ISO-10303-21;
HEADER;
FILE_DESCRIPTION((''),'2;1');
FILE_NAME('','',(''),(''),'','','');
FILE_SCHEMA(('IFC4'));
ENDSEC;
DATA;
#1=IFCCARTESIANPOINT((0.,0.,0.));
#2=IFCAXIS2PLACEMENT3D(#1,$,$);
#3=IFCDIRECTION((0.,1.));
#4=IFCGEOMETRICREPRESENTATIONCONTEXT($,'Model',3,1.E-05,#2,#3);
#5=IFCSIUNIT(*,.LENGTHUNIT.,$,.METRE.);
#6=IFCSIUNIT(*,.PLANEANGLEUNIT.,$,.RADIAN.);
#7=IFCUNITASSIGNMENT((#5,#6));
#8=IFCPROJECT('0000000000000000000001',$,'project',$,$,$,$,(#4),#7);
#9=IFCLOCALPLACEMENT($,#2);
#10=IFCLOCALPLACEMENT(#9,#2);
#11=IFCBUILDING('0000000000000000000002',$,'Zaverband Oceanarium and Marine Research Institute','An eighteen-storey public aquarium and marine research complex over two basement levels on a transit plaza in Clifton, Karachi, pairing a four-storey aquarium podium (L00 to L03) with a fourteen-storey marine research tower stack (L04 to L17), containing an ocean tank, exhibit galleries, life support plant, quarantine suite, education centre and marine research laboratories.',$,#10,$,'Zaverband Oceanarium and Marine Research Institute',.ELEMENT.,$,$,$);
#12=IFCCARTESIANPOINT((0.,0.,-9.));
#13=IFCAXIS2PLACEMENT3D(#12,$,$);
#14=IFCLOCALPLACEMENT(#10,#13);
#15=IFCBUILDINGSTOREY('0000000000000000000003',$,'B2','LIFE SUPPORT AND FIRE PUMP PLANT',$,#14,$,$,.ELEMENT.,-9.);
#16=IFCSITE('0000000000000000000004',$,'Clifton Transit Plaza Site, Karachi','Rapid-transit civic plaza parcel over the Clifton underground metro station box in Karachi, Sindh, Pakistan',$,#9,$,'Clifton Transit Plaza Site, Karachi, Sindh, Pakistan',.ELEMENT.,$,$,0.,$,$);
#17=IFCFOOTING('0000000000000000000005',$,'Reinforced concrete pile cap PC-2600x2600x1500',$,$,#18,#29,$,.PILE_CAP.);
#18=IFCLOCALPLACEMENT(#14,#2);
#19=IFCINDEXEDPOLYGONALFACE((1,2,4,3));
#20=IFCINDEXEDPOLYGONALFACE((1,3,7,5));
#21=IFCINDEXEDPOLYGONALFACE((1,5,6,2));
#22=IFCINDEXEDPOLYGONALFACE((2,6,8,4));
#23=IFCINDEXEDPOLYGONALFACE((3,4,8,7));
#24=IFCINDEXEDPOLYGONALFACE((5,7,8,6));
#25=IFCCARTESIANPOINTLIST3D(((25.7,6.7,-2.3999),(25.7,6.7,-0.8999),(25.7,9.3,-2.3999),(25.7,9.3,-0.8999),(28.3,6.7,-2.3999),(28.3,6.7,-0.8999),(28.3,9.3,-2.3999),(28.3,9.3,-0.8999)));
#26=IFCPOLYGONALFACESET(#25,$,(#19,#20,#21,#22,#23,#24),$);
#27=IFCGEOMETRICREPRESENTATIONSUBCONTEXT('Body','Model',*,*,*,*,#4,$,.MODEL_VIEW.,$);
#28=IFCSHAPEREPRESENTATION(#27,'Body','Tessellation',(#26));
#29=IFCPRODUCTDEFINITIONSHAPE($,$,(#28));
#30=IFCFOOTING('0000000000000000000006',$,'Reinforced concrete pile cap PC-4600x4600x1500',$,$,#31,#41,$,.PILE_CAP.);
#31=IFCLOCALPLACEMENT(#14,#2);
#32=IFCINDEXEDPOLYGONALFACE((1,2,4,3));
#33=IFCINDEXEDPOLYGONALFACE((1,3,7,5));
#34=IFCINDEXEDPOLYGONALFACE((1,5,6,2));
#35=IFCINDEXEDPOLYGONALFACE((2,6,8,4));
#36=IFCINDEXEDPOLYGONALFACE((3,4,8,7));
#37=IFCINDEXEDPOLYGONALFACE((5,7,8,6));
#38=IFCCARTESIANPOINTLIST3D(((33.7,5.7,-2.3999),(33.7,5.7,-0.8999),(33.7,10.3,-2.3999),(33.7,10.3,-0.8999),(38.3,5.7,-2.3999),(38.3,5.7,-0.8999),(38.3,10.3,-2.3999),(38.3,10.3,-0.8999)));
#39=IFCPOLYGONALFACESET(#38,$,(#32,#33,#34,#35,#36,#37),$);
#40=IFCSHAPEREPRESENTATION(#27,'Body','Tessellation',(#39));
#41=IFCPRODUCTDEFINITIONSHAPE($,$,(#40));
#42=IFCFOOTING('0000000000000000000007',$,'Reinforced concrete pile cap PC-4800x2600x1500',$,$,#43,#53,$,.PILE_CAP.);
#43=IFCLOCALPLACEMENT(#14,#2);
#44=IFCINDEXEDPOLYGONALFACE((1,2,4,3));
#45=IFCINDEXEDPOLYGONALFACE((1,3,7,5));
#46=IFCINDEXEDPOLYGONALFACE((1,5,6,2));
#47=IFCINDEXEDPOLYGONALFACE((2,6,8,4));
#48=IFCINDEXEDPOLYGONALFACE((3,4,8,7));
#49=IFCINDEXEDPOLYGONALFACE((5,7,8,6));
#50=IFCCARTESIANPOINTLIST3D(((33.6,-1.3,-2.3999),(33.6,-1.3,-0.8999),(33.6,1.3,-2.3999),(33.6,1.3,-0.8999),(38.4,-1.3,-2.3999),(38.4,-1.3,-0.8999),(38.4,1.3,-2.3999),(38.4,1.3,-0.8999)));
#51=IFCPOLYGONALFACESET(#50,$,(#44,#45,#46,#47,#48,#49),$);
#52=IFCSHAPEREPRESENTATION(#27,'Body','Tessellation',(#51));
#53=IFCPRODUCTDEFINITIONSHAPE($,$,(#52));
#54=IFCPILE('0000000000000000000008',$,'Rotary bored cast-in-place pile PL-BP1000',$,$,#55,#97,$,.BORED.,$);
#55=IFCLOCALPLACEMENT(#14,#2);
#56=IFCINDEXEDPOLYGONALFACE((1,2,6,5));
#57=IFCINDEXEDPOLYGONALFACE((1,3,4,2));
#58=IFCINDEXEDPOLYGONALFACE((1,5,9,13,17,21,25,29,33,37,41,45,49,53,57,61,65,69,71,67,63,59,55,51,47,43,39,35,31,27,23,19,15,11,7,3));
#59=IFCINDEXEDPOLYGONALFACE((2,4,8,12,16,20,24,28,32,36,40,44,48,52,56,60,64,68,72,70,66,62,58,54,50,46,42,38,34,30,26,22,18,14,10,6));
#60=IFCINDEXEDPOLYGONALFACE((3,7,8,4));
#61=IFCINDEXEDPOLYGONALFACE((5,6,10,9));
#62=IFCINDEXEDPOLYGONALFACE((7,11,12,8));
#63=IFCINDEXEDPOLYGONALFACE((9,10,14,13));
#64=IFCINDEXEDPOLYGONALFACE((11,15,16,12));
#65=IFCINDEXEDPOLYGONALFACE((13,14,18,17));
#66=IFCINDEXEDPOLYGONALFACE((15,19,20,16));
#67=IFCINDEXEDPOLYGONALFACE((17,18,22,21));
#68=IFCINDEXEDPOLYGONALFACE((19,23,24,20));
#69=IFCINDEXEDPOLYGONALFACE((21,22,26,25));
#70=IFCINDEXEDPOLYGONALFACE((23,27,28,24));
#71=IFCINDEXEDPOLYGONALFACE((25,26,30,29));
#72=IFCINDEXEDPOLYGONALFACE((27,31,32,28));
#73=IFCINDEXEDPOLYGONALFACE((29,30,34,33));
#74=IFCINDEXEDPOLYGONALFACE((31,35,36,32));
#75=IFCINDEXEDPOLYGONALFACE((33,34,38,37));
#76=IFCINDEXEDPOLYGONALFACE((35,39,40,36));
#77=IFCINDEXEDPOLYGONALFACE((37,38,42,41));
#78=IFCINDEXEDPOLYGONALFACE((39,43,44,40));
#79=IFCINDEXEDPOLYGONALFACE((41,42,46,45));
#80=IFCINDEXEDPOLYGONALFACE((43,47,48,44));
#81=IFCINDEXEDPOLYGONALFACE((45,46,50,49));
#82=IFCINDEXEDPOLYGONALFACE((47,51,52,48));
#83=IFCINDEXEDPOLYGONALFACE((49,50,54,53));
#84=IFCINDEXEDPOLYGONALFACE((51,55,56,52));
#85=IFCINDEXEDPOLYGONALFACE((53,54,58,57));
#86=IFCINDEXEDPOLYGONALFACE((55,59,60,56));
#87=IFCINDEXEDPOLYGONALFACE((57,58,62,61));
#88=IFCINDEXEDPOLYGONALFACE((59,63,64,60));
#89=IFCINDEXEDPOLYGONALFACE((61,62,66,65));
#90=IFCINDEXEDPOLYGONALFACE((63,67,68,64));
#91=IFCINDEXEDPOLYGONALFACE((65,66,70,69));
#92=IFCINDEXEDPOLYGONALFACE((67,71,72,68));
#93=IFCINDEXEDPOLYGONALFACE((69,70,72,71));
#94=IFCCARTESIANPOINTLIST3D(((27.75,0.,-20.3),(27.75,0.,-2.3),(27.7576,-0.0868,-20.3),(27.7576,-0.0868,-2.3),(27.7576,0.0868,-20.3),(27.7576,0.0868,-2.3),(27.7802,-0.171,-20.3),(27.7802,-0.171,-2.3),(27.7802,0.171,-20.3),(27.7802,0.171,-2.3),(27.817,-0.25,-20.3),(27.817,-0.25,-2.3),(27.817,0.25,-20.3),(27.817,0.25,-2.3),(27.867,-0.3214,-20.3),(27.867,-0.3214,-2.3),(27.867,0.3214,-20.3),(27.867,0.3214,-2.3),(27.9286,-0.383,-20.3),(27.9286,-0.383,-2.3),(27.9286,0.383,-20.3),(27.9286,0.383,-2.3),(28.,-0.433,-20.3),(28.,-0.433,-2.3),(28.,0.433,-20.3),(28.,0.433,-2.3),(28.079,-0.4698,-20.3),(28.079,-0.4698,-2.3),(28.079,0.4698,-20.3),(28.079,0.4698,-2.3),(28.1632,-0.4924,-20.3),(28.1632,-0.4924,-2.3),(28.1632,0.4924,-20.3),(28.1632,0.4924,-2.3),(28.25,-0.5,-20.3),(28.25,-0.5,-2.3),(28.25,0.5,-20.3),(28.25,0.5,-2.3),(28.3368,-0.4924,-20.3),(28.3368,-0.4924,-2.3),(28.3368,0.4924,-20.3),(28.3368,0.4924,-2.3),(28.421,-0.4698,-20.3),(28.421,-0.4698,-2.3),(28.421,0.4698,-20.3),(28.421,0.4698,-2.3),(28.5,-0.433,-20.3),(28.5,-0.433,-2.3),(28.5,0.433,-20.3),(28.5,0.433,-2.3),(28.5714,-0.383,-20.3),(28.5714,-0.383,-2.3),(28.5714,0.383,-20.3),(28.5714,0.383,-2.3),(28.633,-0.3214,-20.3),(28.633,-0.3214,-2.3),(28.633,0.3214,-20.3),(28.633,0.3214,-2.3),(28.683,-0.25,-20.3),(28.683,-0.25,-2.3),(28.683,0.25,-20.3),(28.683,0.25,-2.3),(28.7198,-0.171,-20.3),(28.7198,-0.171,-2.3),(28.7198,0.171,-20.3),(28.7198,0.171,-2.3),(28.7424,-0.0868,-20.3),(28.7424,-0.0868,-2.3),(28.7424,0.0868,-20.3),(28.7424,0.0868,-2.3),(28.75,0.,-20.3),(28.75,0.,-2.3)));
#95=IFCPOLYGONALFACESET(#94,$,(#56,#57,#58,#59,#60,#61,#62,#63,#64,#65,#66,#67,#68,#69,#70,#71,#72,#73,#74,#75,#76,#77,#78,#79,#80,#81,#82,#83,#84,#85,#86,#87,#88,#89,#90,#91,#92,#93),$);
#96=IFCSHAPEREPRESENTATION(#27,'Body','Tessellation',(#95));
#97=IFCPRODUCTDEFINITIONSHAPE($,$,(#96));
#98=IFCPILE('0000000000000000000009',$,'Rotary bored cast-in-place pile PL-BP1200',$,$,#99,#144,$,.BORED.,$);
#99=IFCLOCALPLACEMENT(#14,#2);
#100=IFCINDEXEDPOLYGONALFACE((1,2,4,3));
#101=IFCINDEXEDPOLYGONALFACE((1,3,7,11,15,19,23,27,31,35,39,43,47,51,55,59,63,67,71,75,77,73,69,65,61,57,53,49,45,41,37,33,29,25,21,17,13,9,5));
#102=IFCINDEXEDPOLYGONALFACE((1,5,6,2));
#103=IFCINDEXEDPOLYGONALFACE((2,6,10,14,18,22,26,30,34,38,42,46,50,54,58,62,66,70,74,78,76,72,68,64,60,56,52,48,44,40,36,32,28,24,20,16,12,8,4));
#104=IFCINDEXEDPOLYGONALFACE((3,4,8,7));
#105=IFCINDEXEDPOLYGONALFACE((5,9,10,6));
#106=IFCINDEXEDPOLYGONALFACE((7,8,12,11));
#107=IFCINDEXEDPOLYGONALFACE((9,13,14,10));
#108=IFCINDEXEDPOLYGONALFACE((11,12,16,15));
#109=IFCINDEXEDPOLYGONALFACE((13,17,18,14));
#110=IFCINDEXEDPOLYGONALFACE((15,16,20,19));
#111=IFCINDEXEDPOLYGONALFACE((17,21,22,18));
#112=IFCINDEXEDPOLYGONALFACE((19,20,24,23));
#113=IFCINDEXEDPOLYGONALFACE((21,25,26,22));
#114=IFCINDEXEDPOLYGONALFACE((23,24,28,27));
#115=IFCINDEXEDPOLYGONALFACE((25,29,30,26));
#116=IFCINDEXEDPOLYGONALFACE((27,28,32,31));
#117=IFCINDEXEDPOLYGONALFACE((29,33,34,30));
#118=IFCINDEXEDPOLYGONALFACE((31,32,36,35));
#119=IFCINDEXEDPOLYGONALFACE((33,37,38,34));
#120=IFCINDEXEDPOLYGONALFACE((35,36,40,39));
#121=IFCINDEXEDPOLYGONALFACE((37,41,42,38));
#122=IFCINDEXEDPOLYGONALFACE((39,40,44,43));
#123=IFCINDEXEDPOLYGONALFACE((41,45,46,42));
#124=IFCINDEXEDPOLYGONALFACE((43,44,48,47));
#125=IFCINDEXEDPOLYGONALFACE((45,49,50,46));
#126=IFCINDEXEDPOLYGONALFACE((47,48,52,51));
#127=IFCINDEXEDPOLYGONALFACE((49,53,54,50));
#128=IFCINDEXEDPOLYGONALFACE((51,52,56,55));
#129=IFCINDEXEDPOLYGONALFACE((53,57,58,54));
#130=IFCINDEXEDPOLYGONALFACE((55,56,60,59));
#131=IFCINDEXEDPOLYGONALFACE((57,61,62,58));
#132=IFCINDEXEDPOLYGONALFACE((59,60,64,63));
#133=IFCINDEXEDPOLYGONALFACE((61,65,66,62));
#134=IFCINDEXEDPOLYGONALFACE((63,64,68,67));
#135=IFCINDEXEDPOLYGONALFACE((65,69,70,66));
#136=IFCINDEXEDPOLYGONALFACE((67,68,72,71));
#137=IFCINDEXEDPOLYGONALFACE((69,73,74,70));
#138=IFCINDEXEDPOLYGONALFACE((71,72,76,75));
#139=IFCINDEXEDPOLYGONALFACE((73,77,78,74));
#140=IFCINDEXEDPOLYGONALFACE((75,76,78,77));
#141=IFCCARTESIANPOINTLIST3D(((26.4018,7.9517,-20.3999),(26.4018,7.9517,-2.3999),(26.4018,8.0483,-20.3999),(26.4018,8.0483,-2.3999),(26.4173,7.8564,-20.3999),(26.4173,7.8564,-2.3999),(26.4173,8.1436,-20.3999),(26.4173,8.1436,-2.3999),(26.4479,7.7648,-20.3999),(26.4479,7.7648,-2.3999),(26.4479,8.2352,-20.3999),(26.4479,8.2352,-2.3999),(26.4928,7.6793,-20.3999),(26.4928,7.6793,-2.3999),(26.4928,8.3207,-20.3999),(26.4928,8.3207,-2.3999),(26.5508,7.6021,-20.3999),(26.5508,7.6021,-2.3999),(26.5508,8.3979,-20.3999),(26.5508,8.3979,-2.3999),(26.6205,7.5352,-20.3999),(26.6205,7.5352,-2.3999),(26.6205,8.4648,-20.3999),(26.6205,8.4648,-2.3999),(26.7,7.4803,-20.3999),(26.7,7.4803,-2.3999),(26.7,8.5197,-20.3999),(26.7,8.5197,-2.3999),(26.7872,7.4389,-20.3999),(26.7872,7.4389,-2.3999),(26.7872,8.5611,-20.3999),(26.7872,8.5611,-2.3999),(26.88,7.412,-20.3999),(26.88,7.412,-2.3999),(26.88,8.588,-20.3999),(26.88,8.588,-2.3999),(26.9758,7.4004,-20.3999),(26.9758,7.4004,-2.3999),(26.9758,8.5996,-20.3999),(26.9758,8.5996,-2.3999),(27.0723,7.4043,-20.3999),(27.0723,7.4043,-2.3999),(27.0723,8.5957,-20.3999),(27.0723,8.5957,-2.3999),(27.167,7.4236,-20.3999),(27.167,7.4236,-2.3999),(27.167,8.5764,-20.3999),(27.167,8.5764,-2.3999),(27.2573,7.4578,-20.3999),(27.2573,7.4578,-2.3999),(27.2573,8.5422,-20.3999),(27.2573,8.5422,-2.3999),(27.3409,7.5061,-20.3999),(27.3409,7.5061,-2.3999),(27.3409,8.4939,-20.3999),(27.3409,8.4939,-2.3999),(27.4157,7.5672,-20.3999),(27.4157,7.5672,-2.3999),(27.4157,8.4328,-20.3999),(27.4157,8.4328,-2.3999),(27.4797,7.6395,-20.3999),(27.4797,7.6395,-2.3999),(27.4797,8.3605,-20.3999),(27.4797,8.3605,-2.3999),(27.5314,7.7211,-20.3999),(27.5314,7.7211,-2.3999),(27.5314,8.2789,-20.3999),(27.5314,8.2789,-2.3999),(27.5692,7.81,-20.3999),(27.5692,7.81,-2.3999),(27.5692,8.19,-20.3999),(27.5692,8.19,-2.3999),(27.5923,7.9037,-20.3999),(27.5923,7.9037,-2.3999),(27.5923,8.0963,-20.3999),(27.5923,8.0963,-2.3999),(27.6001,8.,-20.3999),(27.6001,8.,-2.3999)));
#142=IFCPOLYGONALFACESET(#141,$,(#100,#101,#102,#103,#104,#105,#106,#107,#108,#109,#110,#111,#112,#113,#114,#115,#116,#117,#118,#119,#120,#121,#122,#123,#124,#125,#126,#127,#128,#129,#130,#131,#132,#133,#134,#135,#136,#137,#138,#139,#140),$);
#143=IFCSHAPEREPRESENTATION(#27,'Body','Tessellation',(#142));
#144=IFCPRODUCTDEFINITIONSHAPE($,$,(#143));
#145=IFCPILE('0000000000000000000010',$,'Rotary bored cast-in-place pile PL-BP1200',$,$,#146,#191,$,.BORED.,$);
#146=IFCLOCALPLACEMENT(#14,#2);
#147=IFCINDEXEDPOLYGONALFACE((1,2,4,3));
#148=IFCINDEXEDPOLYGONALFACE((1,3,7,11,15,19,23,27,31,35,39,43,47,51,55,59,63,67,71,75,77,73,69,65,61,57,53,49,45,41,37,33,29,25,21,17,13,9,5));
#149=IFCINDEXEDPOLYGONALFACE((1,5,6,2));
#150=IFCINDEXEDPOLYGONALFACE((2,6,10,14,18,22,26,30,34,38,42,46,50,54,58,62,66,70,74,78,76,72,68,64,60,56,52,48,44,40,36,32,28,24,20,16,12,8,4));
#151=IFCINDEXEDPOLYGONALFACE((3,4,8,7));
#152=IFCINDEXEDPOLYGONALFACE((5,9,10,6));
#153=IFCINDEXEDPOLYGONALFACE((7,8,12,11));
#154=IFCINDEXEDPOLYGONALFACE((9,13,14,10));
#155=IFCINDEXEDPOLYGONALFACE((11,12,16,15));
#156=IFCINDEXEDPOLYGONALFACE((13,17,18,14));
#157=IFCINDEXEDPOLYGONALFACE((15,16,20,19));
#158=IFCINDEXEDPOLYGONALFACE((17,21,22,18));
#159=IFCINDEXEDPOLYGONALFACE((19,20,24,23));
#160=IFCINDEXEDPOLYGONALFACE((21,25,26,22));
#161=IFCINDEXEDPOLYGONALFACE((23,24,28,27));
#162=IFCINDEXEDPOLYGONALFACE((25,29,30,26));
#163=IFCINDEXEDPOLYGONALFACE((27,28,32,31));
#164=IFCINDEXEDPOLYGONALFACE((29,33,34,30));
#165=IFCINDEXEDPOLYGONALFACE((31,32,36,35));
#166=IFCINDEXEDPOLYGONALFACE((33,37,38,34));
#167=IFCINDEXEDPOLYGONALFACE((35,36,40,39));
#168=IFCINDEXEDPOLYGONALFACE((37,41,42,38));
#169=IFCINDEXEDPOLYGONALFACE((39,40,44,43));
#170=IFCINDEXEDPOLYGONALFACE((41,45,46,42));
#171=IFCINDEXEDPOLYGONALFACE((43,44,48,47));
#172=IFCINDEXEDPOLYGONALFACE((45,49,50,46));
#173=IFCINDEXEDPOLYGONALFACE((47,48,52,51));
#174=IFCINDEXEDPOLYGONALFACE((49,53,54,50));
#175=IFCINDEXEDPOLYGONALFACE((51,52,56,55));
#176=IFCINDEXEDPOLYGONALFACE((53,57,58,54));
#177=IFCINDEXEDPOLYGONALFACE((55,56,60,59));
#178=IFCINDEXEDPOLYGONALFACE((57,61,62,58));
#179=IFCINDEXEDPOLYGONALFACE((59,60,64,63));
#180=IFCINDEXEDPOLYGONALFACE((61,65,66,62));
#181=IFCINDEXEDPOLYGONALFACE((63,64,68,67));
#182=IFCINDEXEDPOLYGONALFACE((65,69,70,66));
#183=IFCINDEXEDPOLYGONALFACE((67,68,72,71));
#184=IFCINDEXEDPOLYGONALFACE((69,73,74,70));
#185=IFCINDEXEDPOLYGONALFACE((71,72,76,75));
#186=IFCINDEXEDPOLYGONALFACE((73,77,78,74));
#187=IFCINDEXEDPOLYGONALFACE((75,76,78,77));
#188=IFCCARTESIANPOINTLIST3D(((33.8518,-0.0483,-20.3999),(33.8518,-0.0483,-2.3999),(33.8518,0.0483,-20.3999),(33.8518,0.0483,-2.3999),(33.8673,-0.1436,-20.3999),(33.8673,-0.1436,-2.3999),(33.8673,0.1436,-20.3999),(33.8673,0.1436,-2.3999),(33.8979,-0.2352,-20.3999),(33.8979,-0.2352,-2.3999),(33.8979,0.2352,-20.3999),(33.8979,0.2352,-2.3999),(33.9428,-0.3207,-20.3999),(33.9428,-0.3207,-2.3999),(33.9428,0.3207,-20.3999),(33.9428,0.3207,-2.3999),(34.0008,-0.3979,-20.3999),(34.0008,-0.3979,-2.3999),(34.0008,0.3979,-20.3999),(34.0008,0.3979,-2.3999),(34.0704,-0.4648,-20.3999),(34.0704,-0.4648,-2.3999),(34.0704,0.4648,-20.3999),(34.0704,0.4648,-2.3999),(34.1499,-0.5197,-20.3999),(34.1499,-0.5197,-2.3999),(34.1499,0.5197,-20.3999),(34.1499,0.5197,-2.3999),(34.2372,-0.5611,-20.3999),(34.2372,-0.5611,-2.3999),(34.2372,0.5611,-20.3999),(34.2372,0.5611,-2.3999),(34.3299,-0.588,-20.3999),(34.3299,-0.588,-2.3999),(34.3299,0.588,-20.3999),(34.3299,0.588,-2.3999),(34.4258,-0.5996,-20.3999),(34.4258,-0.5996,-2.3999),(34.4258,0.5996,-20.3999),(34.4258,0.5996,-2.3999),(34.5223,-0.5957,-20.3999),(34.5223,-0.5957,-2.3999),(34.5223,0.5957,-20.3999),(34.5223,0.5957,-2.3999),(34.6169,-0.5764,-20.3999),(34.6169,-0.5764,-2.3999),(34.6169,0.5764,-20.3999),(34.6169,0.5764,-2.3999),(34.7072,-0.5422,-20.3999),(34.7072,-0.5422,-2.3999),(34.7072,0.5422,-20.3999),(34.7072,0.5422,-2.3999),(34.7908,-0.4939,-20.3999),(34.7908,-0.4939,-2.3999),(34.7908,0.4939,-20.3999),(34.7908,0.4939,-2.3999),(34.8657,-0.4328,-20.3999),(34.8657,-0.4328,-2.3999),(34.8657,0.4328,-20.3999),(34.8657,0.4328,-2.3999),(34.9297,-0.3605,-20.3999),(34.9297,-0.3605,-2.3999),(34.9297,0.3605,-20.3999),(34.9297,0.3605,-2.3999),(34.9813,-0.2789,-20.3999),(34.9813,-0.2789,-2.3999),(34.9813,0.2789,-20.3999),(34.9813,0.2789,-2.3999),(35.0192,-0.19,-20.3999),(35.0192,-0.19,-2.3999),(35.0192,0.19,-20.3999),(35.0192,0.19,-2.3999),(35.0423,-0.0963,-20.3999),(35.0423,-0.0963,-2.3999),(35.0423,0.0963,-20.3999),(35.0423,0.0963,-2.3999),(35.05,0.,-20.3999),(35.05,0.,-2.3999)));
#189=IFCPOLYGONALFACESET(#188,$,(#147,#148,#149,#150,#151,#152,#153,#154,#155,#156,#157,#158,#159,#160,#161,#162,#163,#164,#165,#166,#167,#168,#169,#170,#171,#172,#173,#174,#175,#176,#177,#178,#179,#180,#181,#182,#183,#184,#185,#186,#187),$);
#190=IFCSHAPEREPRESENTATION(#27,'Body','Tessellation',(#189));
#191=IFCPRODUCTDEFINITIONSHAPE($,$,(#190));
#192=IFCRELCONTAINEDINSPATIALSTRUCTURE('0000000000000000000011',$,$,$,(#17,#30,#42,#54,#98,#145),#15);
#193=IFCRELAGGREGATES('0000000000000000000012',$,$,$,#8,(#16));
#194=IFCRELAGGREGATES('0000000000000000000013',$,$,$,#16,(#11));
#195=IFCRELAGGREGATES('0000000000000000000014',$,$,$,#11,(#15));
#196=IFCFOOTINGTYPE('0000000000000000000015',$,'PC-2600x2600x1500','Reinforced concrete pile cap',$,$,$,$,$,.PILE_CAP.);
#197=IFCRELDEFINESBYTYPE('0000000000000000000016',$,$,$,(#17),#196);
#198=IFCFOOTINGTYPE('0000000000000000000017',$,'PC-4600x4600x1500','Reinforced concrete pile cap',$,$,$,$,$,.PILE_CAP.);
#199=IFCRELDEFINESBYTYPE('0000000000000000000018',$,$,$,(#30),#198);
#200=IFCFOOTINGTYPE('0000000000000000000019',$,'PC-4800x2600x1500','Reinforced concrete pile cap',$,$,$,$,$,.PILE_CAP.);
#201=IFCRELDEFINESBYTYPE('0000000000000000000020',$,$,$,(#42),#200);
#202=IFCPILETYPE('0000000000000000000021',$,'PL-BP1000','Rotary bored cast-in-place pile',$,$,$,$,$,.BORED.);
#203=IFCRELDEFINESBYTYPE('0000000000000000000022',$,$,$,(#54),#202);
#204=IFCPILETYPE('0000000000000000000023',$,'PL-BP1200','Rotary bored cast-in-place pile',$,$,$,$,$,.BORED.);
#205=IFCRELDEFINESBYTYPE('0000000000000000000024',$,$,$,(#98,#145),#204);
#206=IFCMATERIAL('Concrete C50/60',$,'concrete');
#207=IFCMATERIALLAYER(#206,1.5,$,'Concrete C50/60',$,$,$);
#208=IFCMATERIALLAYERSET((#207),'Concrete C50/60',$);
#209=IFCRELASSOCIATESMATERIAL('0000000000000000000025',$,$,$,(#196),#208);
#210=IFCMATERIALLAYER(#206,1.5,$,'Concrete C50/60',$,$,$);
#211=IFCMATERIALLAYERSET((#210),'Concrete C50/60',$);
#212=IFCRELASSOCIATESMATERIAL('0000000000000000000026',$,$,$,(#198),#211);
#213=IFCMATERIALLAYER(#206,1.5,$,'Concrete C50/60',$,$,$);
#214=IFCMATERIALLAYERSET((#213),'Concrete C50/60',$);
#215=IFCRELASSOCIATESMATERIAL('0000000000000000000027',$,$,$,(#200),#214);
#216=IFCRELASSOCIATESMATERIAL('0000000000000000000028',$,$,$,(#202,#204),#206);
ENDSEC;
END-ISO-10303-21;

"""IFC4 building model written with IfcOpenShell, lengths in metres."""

from ifc_helpers import new_model, si_unit, direction, frame, origin, origin_2d, place, context, subcontext, project, spatial, rectangle, circle, extrude, material, layer, layer_set, material_profile, profile_set, type_object, element, save


model = new_model("IFC4")

# Units and contexts
model_context = context("Model", 3, precision=1e-05, world=origin(), true_north=direction((0.0, 1.0)))
body_context = subcontext(model_context, "Body", "Model", "MODEL_VIEW")
ifc_project = project(units=[si_unit("LENGTHUNIT", "METRE"), si_unit("PLANEANGLEUNIT", "RADIAN")], contexts=[model_context])

# Site, building, storey
site_placement = place(None, origin())
site = spatial("IfcSite", under=ifc_project, at=site_placement, Name="Clifton Transit Plaza Site, Karachi", Description="Rapid-transit civic plaza parcel over the Clifton underground metro station box in Karachi, Sindh, Pakistan", LongName="Clifton Transit Plaza Site, Karachi, Sindh, Pakistan", CompositionType="ELEMENT", RefElevation=0.0)
building_placement = place(site_placement, origin())
building = spatial("IfcBuilding", under=site, at=building_placement, Name="Zaverband Oceanarium and Marine Research Institute", Description="An eighteen-storey public aquarium and marine research complex over two basement levels on a transit plaza in Clifton, Karachi, pairing a four-storey aquarium podium (L00 to L03) with a fourteen-storey marine research tower stack (L04 to L17), containing an ocean tank, exhibit galleries, life support plant, quarantine suite, education centre and marine research laboratories.", LongName="Zaverband Oceanarium and Marine Research Institute", CompositionType="ELEMENT")
storey_placement = place(building_placement, frame((0.0, 0.0, -9.0)))
storey = spatial("IfcBuildingStorey", under=building, at=storey_placement, Name="B2", Description="LIFE SUPPORT AND FIRE PUMP PLANT", CompositionType="ELEMENT", Elevation=-9.0)

# Footings
ifc_material_1 = material(Name="Concrete C50/60", Category="concrete")
ifc_layer_1 = layer(ifc_material_1, 1.5, Name="Concrete C50/60")
ifc_layer_set_1 = layer_set([ifc_layer_1], Name="Concrete C50/60")
footing_type_1 = type_object("IfcFootingType", Name="PC-2600x2600x1500", Description="Reinforced concrete pile cap", PredefinedType="PILE_CAP", material=ifc_layer_set_1)
footing_1_placement = place(storey_placement, frame((27.0, 8.0, -2.3999), z_axis=(0.0, 0.0, 1.0), x_axis=(1.0, 0.0, 0.0)))
element("IfcFooting", 1, at=footing_1_placement, inside=storey, type_object=footing_type_1, Name="Reinforced concrete pile cap PC-2600x2600x1500", PredefinedType="PILE_CAP", context=body_context, shape_type="SweptSolid", body=[
    extrude(rectangle(XDim=2.6001, YDim=2.6001, at=origin_2d()), origin(), (0.0, 0.0, 1.0), 1.5),
])
ifc_layer_2 = layer(ifc_material_1, 1.5, Name="Concrete C50/60")
ifc_layer_set_2 = layer_set([ifc_layer_2], Name="Concrete C50/60")
footing_type_2 = type_object("IfcFootingType", Name="PC-4600x4600x1500", Description="Reinforced concrete pile cap", PredefinedType="PILE_CAP", material=ifc_layer_set_2)
footing_2_placement = place(storey_placement, frame((36.0, 8.0, -2.3999), z_axis=(0.0, 0.0, 1.0), x_axis=(1.0, 0.0, 0.0)))
element("IfcFooting", 2, at=footing_2_placement, inside=storey, type_object=footing_type_2, Name="Reinforced concrete pile cap PC-4600x4600x1500", PredefinedType="PILE_CAP", context=body_context, shape_type="SweptSolid", body=[
    extrude(rectangle(XDim=4.6001, YDim=4.6001, at=origin_2d()), origin(), (0.0, 0.0, 1.0), 1.5),
])
ifc_layer_3 = layer(ifc_material_1, 1.5, Name="Concrete C50/60")
ifc_layer_set_3 = layer_set([ifc_layer_3], Name="Concrete C50/60")
footing_type_3 = type_object("IfcFootingType", Name="PC-4800x2600x1500", Description="Reinforced concrete pile cap", PredefinedType="PILE_CAP", material=ifc_layer_set_3)
footing_3_placement = place(storey_placement, frame((36.0, 0.0, -2.3999), z_axis=(0.0, 0.0, 1.0), x_axis=(1.0, 0.0, 0.0)))
element("IfcFooting", 3, at=footing_3_placement, inside=storey, type_object=footing_type_3, Name="Reinforced concrete pile cap PC-4800x2600x1500", PredefinedType="PILE_CAP", context=body_context, shape_type="SweptSolid", body=[
    extrude(rectangle(XDim=4.8, YDim=2.6001, at=origin_2d()), origin(), (0.0, 0.0, 1.0), 1.5),
])

# Piles
ifc_material_profile_1 = material_profile(ifc_material_1, circle(Radius=0.5, at=origin_2d()), Name="BP1000")
ifc_profile_set_1 = profile_set([ifc_material_profile_1], Name="Concrete C50/60")
pile_type_1 = type_object("IfcPileType", Name="PL-BP1000", Description="Rotary bored cast-in-place pile", PredefinedType="BORED", material=ifc_profile_set_1)
pile_placement = place(storey_placement, frame((28.25, 0.0, -2.3), z_axis=(0.0, 0.0, -1.0), x_axis=(1.0, 0.0, 0.0)))
element("IfcPile", 4, at=pile_placement, inside=storey, type_object=pile_type_1, Name="Rotary bored cast-in-place pile PL-BP1000", PredefinedType="BORED", context=body_context, shape_type="SweptSolid", body=[
    extrude(circle(Radius=0.5, at=origin_2d()), origin(), (0.0, 0.0, 1.0), 18.0),
])
ifc_material_profile_2 = material_profile(ifc_material_1, circle(Radius=0.6001, at=origin_2d()), Name="BP1200")
ifc_profile_set_2 = profile_set([ifc_material_profile_2], Name="Concrete C50/60")
pile_type_2 = type_object("IfcPileType", Name="PL-BP1200", Description="Rotary bored cast-in-place pile", PredefinedType="BORED", material=ifc_profile_set_2)
for number, where, z_axis, x_axis, name in (
    (5, (27.0, 8.0, -2.3999), (0.0, 0.0, -1.0), (1.0, 0.0, 0.0), "Rotary bored cast-in-place pile PL-BP1200"),
    (6, (34.45, 0.0, -2.3999), (0.0, 0.0, -1.0), (1.0, 0.0, 0.0), "Rotary bored cast-in-place pile PL-BP1200"),
):
    element("IfcPile", number, at=place(storey_placement, frame(where, z_axis=z_axis, x_axis=x_axis)), inside=storey, type_object=pile_type_2, Name=name, PredefinedType="BORED", context=body_context, shape_type="SweptSolid", body=[
        extrude(circle(Radius=0.6001, at=origin_2d()), origin(), (0.0, 0.0, 1.0), 18.0),
    ])

save(model, "model.ifc")
